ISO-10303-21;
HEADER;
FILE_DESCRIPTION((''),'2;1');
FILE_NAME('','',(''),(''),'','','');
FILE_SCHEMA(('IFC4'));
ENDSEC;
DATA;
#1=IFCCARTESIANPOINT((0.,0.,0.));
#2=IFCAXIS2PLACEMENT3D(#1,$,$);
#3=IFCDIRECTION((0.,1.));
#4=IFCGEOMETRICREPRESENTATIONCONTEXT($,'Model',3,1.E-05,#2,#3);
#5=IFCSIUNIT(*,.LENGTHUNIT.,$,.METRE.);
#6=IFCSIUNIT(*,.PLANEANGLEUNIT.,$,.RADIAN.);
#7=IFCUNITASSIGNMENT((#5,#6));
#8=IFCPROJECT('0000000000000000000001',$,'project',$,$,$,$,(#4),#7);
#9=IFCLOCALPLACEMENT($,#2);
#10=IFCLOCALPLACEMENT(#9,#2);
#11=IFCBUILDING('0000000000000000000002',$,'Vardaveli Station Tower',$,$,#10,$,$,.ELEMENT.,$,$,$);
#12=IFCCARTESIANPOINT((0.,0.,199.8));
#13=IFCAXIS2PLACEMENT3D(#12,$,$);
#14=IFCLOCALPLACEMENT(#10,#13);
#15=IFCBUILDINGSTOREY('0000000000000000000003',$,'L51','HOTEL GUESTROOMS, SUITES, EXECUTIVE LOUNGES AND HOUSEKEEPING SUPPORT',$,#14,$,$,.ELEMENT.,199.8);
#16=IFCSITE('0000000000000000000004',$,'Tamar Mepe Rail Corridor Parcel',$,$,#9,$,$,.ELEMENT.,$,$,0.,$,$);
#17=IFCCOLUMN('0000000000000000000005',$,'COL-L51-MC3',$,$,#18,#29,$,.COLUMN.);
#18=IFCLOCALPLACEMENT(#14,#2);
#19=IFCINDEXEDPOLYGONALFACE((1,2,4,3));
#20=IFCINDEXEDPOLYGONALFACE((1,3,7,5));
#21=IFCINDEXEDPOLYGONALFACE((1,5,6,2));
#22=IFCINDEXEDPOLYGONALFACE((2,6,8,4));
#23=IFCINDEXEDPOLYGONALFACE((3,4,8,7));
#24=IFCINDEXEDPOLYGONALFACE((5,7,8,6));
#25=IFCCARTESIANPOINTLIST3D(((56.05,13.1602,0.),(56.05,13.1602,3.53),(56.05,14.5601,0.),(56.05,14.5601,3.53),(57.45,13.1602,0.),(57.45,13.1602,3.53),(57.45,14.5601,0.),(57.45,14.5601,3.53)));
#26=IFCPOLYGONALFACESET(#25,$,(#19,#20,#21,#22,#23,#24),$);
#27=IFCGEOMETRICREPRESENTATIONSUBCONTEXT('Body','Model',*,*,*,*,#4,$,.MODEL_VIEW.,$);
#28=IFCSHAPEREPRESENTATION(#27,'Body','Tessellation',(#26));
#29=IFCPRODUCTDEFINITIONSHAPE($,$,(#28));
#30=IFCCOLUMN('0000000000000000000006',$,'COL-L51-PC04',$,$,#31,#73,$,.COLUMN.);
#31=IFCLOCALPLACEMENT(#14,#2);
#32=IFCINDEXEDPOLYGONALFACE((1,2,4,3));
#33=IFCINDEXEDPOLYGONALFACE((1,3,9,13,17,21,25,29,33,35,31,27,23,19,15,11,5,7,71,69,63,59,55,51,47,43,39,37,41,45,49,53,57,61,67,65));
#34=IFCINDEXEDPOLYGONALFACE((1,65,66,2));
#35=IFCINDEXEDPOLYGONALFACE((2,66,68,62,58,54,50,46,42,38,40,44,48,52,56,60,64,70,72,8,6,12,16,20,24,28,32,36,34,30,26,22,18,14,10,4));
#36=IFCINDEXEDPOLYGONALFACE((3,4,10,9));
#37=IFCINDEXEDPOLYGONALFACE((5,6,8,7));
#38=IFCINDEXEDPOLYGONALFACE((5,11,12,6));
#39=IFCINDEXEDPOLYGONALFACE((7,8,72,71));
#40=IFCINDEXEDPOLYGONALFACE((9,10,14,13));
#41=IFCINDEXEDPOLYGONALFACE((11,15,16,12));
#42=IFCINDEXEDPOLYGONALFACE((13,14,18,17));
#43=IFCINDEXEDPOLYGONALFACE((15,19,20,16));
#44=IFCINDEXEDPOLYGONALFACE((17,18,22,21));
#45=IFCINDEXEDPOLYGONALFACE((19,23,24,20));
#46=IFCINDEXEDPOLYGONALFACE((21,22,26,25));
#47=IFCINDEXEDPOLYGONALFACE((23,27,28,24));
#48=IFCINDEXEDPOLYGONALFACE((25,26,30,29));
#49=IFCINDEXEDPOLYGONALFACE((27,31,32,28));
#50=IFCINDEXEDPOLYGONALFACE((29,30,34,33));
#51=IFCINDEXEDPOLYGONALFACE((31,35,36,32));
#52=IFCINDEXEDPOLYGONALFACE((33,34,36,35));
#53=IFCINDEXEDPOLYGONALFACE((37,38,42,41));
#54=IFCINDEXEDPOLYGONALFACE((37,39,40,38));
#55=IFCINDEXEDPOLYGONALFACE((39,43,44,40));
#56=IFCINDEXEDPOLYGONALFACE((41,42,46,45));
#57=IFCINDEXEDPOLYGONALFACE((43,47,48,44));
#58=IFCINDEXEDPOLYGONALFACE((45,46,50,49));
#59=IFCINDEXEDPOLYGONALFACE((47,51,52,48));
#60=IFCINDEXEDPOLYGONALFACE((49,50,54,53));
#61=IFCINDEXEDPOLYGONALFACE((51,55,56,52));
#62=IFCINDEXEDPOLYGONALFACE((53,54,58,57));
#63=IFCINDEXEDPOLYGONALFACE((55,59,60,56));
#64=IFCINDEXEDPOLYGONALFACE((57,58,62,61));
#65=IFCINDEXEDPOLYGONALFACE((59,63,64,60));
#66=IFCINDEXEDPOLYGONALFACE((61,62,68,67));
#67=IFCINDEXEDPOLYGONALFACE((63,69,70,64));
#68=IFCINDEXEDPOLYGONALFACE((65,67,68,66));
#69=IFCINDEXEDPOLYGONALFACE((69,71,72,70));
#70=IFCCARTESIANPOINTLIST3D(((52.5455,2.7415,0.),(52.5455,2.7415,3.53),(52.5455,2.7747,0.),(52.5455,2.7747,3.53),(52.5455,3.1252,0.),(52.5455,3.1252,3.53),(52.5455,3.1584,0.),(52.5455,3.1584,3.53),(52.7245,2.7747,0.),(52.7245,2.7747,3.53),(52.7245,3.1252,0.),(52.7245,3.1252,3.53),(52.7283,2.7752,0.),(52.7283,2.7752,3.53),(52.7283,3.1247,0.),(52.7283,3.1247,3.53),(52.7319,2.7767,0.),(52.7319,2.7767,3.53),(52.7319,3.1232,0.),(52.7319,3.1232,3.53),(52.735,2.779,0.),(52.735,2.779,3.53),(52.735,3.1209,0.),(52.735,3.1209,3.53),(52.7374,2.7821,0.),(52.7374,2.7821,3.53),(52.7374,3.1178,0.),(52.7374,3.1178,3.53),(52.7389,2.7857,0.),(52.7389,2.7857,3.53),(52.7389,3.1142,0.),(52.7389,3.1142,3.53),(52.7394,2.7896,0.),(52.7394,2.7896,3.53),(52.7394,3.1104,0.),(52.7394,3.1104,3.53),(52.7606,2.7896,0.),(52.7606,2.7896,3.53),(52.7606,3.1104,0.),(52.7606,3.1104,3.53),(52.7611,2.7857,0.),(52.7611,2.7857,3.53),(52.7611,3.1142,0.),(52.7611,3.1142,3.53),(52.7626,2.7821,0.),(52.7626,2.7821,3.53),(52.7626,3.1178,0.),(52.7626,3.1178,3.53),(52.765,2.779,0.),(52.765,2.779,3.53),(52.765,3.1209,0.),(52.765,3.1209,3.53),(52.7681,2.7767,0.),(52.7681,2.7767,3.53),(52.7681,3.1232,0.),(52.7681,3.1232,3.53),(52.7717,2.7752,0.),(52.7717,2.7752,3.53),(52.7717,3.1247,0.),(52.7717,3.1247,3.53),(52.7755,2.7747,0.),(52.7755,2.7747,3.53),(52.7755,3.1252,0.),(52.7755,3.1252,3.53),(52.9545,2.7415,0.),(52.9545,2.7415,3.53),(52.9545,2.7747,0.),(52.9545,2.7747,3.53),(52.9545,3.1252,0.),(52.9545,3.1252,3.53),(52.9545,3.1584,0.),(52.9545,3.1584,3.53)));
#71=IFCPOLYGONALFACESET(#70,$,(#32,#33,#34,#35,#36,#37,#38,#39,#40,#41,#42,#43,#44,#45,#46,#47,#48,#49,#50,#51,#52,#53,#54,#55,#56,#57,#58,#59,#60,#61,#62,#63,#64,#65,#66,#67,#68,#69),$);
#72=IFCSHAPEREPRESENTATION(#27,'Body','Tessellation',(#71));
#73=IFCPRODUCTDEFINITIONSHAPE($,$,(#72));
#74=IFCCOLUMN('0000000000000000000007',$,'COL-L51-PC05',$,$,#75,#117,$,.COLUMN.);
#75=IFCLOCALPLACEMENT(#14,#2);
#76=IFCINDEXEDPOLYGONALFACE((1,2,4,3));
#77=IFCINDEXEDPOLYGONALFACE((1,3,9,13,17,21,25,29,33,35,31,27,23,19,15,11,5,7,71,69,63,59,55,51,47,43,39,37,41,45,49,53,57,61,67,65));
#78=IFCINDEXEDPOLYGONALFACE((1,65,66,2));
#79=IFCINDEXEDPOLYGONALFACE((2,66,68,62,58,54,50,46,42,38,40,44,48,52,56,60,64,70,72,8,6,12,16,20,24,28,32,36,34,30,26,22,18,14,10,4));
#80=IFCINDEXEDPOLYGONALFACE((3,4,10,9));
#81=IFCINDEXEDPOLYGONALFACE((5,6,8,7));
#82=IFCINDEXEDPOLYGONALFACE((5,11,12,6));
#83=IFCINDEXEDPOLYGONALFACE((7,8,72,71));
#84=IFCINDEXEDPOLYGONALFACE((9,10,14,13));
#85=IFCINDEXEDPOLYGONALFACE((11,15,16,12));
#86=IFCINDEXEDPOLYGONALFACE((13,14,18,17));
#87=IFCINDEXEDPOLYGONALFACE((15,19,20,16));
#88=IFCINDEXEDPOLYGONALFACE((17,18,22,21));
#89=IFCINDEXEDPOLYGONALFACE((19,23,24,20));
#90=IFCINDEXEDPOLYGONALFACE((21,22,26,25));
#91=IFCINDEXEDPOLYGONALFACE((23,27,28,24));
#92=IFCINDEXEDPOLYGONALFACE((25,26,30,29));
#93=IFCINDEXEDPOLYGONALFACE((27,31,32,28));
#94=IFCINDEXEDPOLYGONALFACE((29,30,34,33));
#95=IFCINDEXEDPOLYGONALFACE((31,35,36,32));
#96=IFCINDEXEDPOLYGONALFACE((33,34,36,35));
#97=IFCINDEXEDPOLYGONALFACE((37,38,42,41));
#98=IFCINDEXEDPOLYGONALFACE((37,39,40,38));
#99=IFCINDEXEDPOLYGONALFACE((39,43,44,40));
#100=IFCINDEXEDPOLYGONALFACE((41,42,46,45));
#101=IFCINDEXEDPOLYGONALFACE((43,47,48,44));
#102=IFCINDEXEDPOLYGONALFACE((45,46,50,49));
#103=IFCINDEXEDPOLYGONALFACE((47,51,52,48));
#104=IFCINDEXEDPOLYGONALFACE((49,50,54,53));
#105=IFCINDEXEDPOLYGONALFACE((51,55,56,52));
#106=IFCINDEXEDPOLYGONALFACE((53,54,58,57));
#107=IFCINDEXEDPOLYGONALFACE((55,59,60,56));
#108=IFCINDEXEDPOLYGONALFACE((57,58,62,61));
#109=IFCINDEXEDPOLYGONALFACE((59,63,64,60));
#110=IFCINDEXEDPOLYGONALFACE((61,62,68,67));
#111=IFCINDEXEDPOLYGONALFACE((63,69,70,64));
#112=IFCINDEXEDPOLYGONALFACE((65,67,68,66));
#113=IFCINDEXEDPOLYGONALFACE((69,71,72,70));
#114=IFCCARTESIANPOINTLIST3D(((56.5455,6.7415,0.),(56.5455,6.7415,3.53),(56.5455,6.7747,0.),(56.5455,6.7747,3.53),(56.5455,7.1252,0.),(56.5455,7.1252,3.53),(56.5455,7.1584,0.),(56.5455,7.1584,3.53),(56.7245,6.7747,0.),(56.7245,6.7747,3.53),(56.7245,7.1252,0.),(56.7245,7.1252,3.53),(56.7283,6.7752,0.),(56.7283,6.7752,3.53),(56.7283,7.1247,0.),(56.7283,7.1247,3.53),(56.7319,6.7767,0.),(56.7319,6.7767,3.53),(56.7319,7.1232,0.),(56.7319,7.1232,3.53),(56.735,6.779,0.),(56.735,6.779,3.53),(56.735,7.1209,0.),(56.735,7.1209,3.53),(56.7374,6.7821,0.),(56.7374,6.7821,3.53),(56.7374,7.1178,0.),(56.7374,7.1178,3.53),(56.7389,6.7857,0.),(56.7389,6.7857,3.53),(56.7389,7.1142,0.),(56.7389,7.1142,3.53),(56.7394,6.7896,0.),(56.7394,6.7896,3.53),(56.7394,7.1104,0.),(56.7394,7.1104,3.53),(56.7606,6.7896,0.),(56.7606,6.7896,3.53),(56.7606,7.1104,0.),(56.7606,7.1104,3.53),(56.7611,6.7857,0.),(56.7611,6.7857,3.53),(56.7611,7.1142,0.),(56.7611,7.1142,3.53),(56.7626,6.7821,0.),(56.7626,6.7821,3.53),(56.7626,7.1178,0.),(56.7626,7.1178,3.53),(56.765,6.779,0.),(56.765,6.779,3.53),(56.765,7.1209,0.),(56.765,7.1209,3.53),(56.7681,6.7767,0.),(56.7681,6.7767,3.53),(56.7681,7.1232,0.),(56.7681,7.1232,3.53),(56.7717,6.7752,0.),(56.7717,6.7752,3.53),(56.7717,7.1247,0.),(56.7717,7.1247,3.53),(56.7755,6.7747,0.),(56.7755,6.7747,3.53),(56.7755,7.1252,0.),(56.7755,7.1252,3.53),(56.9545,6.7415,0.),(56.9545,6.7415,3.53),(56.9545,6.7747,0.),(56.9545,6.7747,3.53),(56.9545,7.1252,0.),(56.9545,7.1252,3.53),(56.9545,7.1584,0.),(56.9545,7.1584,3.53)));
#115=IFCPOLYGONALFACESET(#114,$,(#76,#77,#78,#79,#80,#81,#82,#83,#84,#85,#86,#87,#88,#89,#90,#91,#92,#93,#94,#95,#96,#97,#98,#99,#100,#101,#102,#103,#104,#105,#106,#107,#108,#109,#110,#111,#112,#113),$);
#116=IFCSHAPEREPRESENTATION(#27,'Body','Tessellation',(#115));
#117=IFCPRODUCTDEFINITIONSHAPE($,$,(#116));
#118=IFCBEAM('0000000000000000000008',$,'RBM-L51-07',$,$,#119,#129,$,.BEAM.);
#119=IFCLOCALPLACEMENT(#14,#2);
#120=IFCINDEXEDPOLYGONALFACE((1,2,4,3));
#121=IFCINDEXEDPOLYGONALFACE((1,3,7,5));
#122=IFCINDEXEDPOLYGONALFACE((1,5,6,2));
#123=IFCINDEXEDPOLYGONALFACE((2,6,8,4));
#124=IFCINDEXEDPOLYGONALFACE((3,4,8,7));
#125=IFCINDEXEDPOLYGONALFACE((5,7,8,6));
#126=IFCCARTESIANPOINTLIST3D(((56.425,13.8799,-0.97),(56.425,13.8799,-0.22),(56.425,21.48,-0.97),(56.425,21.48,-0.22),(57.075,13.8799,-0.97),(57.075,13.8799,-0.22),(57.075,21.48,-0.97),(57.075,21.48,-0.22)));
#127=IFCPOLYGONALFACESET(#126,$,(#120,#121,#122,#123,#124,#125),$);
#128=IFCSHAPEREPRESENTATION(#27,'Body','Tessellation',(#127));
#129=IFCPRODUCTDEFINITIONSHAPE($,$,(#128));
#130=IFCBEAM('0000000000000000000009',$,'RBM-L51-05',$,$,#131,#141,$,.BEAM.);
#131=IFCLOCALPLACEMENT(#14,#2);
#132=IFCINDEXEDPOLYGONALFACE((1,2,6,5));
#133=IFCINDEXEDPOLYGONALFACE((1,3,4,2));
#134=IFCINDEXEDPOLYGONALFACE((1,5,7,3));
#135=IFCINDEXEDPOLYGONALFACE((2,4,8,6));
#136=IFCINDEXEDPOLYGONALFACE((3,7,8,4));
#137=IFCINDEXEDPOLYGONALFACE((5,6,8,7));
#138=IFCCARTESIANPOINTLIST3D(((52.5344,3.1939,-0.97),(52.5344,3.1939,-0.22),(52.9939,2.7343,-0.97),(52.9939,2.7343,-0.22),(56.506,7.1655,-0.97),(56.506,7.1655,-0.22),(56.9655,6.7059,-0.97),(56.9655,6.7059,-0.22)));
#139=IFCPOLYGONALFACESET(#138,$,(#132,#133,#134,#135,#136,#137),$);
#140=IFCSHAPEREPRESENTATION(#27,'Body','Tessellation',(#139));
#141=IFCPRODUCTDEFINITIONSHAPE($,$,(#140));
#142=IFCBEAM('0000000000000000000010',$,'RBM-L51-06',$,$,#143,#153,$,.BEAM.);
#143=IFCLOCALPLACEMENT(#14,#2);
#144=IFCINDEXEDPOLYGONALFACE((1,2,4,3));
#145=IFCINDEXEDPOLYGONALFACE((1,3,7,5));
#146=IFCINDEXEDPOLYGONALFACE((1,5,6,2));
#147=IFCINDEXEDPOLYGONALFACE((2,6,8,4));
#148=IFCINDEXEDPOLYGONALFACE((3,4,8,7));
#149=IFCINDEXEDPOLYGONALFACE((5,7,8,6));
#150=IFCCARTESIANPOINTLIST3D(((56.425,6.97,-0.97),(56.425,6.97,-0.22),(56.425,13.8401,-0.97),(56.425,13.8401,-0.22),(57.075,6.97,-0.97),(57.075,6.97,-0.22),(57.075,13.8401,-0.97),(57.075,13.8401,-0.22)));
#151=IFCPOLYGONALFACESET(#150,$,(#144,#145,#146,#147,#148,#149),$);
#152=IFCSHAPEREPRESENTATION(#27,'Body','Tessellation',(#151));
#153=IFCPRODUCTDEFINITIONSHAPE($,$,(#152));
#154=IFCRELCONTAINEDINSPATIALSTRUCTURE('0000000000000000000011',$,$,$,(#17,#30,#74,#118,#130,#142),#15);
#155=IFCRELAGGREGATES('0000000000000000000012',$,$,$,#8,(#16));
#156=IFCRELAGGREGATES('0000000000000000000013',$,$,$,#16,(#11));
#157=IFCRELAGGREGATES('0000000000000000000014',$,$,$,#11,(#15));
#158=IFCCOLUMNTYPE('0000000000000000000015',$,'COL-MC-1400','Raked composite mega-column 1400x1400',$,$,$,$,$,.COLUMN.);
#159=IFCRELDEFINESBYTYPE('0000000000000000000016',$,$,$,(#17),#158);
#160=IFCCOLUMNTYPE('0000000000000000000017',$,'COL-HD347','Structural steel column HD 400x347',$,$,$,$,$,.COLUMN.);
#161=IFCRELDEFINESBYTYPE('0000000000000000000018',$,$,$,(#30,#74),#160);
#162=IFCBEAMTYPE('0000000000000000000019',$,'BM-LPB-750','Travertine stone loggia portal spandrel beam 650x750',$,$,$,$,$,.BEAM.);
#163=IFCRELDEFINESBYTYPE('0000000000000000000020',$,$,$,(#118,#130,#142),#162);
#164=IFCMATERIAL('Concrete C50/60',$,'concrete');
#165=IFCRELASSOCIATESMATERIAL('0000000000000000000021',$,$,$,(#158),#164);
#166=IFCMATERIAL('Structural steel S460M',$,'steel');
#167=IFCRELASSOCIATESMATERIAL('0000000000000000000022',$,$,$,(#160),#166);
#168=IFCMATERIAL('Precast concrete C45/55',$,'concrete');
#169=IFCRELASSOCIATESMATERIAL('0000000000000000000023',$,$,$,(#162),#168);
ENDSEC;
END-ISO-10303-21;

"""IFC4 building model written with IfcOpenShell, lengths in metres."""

from ifc_helpers import new_model, si_unit, direction, frame, origin, origin_2d, place, context, subcontext, project, spatial, rectangle, i_section, extrude, source, transform, mapped, material, material_profile, profile_set, type_object, element, save


model = new_model("IFC4")

# Units and contexts
model_context = context("Model", 3, precision=1e-05, world=origin(), true_north=direction((0.0, 1.0)))
body_context = subcontext(model_context, "Body", "Model", "MODEL_VIEW")
ifc_project = project(units=[si_unit("LENGTHUNIT", "METRE"), si_unit("PLANEANGLEUNIT", "RADIAN")], contexts=[model_context])

# Site, building, storey
site_placement = place(None, origin())
site = spatial("IfcSite", under=ifc_project, at=site_placement, Name="Tamar Mepe Rail Corridor Parcel", CompositionType="ELEMENT", RefElevation=0.0)
building_placement = place(site_placement, origin())
building = spatial("IfcBuilding", under=site, at=building_placement, Name="Vardaveli Station Tower", CompositionType="ELEMENT")
storey_placement = place(building_placement, frame((0.0, 0.0, 199.8)))
storey = spatial("IfcBuildingStorey", under=building, at=storey_placement, Name="L51", Description="HOTEL GUESTROOMS, SUITES, EXECUTIVE LOUNGES AND HOUSEKEEPING SUPPORT", CompositionType="ELEMENT", Elevation=199.8)

# Columns
ifc_material_1 = material(Name="Concrete C50/60", Category="concrete")
ifc_material_profile_1 = material_profile(ifc_material_1, rectangle(XDim=1.3999, YDim=1.3999, at=origin_2d()), Name="MC 1400x1400")
ifc_profile_set_1 = profile_set([ifc_material_profile_1], Name="Concrete C50/60")
column_type_1 = type_object("IfcColumnType", Name="COL-MC-1400", Description="Raked composite mega-column 1400x1400", PredefinedType="COLUMN", material=ifc_profile_set_1)
shared_shape_1 = source(origin(), body_context, "Body", "SweptSolid", [
    extrude(rectangle(XDim=1.3999, YDim=1.3999, at=origin_2d()), origin(), (0.0, 0.0, 1.0), 3.53),
])
column_placement = place(storey_placement, frame((56.75, 13.8601, 0.0), z_axis=(0.0, 0.0, 1.0), x_axis=(1.0, 0.0, 0.0)))
element("IfcColumn", 1, at=column_placement, inside=storey, type_object=column_type_1, Name="COL-L51-MC3", PredefinedType="COLUMN", context=body_context, shape_type="MappedRepresentation", body=[
    mapped(shared_shape_1, transform((0.0, 0.0, 0.0), scale=1.0)),
])
ifc_material_2 = material(Name="Structural steel S460M", Category="steel")
ifc_material_profile_2 = material_profile(ifc_material_2, i_section(OverallWidth=0.4089, OverallDepth=0.417, WebThickness=0.0212, FlangeThickness=0.0332, FilletRadius=0.0149, at=origin_2d()), Name="HD 400x347")
ifc_profile_set_2 = profile_set([ifc_material_profile_2], Name="Structural steel S460M")
column_type_2 = type_object("IfcColumnType", Name="COL-HD347", Description="Structural steel column HD 400x347", PredefinedType="COLUMN", material=ifc_profile_set_2)
shared_shape_2 = source(origin(), body_context, "Body", "SweptSolid", [
    extrude(i_section(OverallWidth=0.4089, OverallDepth=0.417, WebThickness=0.0212, FlangeThickness=0.0332, FilletRadius=0.0149, at=origin_2d()), origin(), (0.0, 0.0, 1.0), 3.53),
])
for number, where, z_axis, x_axis, name in (
    (2, (52.75, 2.95, 0.0), (0.0, 0.0, 1.0), (1.0, 0.0, 0.0), "COL-L51-PC04"),
    (3, (56.75, 6.95, 0.0), (0.0, 0.0, 1.0), (1.0, 0.0, 0.0), "COL-L51-PC05"),
):
    element("IfcColumn", number, at=place(storey_placement, frame(where, z_axis=z_axis, x_axis=x_axis)), inside=storey, type_object=column_type_2, Name=name, PredefinedType="COLUMN", context=body_context, shape_type="MappedRepresentation", body=[
        mapped(shared_shape_2, transform((0.0, 0.0, 0.0), scale=1.0)),
    ])

# Beams
ifc_material_3 = material(Name="Precast concrete C45/55", Category="concrete")
ifc_material_profile_3 = material_profile(ifc_material_3, rectangle(XDim=0.6499, YDim=0.75, at=origin_2d()), Name="LPB 650x750")
ifc_profile_set_3 = profile_set([ifc_material_profile_3], Name="Precast concrete C45/55")
beam_type_1 = type_object("IfcBeamType", Name="BM-LPB-750", Description="Travertine stone loggia portal spandrel beam 650x750", PredefinedType="BEAM", material=ifc_profile_set_3)
shared_shape_3 = source(origin(), body_context, "Body", "SweptSolid", [
    extrude(rectangle(XDim=0.6499, YDim=0.75, at=origin_2d()), origin(), (0.0, 0.0, 1.0), 7.6001),
])
beam_1_placement = place(storey_placement, frame((56.75, 13.8799, -0.595), z_axis=(0.0, 1.0, 0.0), x_axis=(-1.0, 0.0, 0.0)))
element("IfcBeam", 4, at=beam_1_placement, inside=storey, type_object=beam_type_1, Name="RBM-L51-07", PredefinedType="BEAM", context=body_context, shape_type="MappedRepresentation", body=[
    mapped(shared_shape_3, transform((0.0, 0.0, 0.0), scale=1.0)),
])
shared_shape_4 = source(origin(), body_context, "Body", "SweptSolid", [
    extrude(rectangle(XDim=0.6499, YDim=0.75, at=origin_2d()), origin(), (0.0, 0.0, 1.0), 5.6167),
])
beam_2_placement = place(storey_placement, frame((52.7642, 2.9641, -0.595), z_axis=(0.707107, 0.707107, 0.0), x_axis=(-0.707107, 0.707107, 0.0)))
element("IfcBeam", 5, at=beam_2_placement, inside=storey, type_object=beam_type_1, Name="RBM-L51-05", PredefinedType="BEAM", context=body_context, shape_type="MappedRepresentation", body=[
    mapped(shared_shape_4, transform((0.0, 0.0, 0.0), scale=1.0)),
])
shared_shape_5 = source(origin(), body_context, "Body", "SweptSolid", [
    extrude(rectangle(XDim=0.6499, YDim=0.75, at=origin_2d()), origin(), (0.0, 0.0, 1.0), 6.8701),
])
beam_3_placement = place(storey_placement, frame((56.75, 6.97, -0.595), z_axis=(0.0, 1.0, 0.0), x_axis=(-1.0, 0.0, 0.0)))
element("IfcBeam", 6, at=beam_3_placement, inside=storey, type_object=beam_type_1, Name="RBM-L51-06", PredefinedType="BEAM", context=body_context, shape_type="MappedRepresentation", body=[
    mapped(shared_shape_5, transform((0.0, 0.0, 0.0), scale=1.0)),
])

save(model, "model.ifc")
